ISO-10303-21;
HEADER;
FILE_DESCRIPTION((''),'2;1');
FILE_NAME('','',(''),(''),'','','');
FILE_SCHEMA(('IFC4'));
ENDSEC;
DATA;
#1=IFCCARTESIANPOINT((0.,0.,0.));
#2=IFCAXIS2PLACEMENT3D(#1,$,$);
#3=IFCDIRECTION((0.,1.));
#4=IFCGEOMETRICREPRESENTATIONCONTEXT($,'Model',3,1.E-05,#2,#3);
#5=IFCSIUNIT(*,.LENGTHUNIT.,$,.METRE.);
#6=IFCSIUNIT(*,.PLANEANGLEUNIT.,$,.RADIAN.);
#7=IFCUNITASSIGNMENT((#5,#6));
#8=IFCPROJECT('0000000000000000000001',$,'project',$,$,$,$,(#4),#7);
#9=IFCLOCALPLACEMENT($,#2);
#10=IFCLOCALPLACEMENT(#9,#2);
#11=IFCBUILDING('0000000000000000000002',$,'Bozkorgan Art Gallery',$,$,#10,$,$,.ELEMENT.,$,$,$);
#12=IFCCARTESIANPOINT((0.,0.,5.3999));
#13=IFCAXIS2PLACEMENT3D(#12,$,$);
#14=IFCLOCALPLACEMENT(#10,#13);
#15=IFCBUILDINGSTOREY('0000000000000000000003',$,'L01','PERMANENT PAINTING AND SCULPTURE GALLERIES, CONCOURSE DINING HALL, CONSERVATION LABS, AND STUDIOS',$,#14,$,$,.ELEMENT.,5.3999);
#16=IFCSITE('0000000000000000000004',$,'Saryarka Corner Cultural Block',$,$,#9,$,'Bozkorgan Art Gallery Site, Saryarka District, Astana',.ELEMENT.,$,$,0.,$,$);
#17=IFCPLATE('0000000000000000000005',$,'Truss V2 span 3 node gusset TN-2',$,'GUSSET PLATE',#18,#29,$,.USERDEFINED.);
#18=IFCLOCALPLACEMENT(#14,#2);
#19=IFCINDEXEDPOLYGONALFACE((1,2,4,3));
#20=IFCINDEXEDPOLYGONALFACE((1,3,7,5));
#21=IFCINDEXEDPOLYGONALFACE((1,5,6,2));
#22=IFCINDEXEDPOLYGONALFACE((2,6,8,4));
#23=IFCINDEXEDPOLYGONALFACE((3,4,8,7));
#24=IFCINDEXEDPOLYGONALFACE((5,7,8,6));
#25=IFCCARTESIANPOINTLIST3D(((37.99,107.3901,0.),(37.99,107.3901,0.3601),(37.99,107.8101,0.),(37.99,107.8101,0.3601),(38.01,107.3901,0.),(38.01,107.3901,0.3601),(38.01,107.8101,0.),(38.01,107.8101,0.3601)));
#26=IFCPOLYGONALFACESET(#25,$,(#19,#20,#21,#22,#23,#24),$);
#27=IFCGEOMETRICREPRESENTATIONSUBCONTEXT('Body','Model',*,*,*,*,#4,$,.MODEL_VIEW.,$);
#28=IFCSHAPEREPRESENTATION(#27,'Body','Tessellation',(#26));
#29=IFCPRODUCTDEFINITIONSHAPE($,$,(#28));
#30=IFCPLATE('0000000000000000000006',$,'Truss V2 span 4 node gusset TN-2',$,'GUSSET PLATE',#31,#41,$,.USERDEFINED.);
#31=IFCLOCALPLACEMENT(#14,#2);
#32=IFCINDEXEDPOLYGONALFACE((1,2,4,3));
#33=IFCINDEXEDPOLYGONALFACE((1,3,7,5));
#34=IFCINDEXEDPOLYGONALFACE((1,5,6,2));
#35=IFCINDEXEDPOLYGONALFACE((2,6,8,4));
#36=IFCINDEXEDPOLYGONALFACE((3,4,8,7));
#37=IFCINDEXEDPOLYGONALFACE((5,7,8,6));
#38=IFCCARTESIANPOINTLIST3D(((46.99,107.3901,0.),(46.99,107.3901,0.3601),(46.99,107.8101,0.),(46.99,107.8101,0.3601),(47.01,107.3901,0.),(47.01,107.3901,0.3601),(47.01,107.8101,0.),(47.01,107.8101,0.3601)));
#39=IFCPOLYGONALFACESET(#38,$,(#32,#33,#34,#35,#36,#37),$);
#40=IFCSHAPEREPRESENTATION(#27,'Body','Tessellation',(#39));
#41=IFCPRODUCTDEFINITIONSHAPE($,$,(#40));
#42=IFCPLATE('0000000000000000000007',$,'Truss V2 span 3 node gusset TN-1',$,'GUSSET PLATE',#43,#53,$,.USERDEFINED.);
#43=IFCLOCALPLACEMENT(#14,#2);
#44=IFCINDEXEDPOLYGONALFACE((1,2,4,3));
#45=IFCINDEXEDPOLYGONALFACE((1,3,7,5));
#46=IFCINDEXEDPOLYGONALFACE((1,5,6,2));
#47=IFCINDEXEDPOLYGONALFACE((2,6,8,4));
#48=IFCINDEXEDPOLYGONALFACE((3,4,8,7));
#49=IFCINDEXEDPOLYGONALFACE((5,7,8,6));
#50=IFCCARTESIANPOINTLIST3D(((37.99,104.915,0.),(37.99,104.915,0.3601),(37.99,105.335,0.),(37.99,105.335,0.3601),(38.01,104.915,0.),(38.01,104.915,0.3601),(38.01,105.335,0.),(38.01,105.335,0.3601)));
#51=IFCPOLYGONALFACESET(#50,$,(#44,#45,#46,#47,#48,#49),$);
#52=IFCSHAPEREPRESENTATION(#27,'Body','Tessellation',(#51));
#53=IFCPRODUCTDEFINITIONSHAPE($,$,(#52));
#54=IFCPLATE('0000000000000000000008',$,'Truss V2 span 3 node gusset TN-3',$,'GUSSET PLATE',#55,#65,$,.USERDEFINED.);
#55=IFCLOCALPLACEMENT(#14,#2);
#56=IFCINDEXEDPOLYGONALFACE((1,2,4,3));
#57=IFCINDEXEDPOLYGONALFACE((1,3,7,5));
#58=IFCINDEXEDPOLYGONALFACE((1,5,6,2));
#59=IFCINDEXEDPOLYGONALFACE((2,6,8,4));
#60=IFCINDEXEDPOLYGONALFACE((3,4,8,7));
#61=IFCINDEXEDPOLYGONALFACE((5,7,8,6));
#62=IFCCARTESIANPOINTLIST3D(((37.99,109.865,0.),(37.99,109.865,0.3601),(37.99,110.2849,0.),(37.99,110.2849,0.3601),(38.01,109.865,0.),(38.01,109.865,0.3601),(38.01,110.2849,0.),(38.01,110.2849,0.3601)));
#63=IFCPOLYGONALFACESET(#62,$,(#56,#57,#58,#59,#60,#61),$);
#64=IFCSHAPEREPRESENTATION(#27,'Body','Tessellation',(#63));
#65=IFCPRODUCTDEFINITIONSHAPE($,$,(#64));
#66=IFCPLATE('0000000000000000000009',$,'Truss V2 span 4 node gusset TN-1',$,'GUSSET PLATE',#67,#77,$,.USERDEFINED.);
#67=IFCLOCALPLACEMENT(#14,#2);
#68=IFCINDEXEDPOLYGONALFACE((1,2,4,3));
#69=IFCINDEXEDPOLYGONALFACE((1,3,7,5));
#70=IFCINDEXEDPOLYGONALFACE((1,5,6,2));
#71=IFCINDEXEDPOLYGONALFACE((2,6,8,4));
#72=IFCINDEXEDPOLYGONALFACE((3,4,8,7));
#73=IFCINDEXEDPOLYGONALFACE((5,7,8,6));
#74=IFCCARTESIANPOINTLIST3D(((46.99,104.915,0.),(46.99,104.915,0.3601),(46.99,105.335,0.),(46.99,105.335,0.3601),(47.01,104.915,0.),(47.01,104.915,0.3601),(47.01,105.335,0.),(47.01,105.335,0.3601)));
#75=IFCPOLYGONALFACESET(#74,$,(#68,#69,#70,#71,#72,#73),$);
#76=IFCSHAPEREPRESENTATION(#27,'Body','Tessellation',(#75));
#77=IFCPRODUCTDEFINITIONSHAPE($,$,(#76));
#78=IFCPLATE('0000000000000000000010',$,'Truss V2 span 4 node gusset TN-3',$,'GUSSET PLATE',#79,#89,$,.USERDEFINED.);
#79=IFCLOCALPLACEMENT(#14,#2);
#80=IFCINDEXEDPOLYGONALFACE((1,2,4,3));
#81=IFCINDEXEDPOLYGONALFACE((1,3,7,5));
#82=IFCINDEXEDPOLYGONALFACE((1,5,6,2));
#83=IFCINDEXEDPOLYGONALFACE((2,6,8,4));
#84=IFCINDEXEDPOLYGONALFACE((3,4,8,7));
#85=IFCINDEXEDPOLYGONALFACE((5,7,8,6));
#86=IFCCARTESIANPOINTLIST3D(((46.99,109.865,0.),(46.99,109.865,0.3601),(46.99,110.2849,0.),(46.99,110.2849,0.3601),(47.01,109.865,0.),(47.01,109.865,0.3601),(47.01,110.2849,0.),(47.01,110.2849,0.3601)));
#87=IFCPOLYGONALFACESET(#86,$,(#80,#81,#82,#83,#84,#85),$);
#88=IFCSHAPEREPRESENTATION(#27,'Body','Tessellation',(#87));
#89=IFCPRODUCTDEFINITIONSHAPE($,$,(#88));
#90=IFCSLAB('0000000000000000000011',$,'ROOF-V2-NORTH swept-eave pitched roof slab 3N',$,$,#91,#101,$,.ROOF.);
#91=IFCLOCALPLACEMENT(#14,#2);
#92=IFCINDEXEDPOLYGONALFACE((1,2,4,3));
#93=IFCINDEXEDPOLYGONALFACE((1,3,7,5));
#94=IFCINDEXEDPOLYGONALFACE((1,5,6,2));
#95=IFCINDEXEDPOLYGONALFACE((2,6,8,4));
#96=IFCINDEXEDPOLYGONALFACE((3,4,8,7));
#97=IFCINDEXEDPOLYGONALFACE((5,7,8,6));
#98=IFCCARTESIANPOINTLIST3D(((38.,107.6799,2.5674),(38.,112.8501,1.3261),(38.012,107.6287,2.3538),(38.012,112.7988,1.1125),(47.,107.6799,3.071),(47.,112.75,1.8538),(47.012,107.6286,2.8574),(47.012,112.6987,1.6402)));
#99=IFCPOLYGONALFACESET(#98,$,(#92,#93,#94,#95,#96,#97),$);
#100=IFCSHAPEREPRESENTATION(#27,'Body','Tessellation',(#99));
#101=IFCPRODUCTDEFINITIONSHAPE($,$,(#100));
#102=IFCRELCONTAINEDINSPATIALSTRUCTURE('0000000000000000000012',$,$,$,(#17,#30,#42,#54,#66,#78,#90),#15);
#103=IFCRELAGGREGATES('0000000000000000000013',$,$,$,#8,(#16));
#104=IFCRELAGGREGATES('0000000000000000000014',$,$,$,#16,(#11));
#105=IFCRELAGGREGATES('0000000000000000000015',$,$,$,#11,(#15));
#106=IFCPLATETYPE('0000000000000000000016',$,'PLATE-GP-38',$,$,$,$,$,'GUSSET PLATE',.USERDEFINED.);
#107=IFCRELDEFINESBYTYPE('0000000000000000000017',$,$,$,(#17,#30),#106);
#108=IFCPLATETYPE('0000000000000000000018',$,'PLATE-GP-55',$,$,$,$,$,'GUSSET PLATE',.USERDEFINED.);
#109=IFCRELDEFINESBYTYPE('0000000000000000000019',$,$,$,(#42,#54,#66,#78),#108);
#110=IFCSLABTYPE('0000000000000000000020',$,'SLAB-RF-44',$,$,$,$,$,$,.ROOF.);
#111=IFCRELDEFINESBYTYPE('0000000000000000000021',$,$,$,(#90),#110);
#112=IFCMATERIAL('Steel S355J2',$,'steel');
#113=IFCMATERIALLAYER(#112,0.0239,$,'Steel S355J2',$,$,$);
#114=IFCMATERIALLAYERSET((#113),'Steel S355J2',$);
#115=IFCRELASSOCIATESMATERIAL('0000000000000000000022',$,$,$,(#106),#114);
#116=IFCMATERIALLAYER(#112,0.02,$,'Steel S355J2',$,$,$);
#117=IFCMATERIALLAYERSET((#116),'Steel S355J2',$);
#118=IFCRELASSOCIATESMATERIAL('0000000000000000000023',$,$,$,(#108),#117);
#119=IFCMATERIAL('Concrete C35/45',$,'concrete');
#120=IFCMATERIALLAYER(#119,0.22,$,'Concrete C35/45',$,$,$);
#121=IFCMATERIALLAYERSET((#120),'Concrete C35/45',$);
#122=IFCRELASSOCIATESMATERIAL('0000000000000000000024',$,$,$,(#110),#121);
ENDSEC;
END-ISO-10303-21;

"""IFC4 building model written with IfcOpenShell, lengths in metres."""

from ifc_helpers import new_model, si_unit, direction, frame, origin, origin_2d, place, context, subcontext, project, spatial, polyline, rectangle, outline, extrude, material, layer, layer_set, type_object, element, save


model = new_model("IFC4")

# Units and contexts
model_context = context("Model", 3, precision=1e-05, world=origin(), true_north=direction((0.0, 1.0)))
body_context = subcontext(model_context, "Body", "Model", "MODEL_VIEW")
ifc_project = project(units=[si_unit("LENGTHUNIT", "METRE"), si_unit("PLANEANGLEUNIT", "RADIAN")], contexts=[model_context])

# Site, building, storey
site_placement = place(None, origin())
site = spatial("IfcSite", under=ifc_project, at=site_placement, Name="Saryarka Corner Cultural Block", LongName="Bozkorgan Art Gallery Site, Saryarka District, Astana", CompositionType="ELEMENT", RefElevation=0.0)
building_placement = place(site_placement, origin())
building = spatial("IfcBuilding", under=site, at=building_placement, Name="Bozkorgan Art Gallery", CompositionType="ELEMENT")
storey_placement = place(building_placement, frame((0.0, 0.0, 5.3999)))
storey = spatial("IfcBuildingStorey", under=building, at=storey_placement, Name="L01", Description="PERMANENT PAINTING AND SCULPTURE GALLERIES, CONCOURSE DINING HALL, CONSERVATION LABS, AND STUDIOS", CompositionType="ELEMENT", Elevation=5.3999)

# Shared definitions
ifc_material_1 = material(Name="Steel S355J2", Category="steel")

# Plates
ifc_layer_1 = layer(ifc_material_1, 0.0239, Name="Steel S355J2")
ifc_layer_set_1 = layer_set([ifc_layer_1], Name="Steel S355J2")
plate_type_1 = type_object("IfcPlateType", Name="PLATE-GP-38", ElementType="GUSSET PLATE", PredefinedType="USERDEFINED", material=ifc_layer_set_1)
for number, where, z_axis, x_axis, name in (
    (1, (38.0, 107.6001, 0.0), (0.0, 0.0, 1.0), (1.0, 0.0, 0.0), "Truss V2 span 3 node gusset TN-2"),
    (2, (47.0, 107.6001, 0.0), (0.0, 0.0, 1.0), (1.0, 0.0, 0.0), "Truss V2 span 4 node gusset TN-2"),
):
    element("IfcPlate", number, at=place(storey_placement, frame(where, z_axis=z_axis, x_axis=x_axis)), inside=storey, type_object=plate_type_1, Name=name, ObjectType="GUSSET PLATE", PredefinedType="USERDEFINED", context=body_context, shape_type="SweptSolid", body=[
        extrude(rectangle(XDim=0.02, YDim=0.4199, at=origin_2d()), origin(), (0.0, 0.0, 1.0), 0.3601),
    ])
ifc_layer_2 = layer(ifc_material_1, 0.02, Name="Steel S355J2")
ifc_layer_set_2 = layer_set([ifc_layer_2], Name="Steel S355J2")
plate_type_2 = type_object("IfcPlateType", Name="PLATE-GP-55", ElementType="GUSSET PLATE", PredefinedType="USERDEFINED", material=ifc_layer_set_2)
for number, where, z_axis, x_axis, name in (
    (3, (38.0, 105.125, 0.0), (0.0, 0.0, 1.0), (1.0, 0.0, 0.0), "Truss V2 span 3 node gusset TN-1"),
    (4, (38.0, 110.075, 0.0), (0.0, 0.0, 1.0), (1.0, 0.0, 0.0), "Truss V2 span 3 node gusset TN-3"),
    (5, (47.0, 105.125, 0.0), (0.0, 0.0, 1.0), (1.0, 0.0, 0.0), "Truss V2 span 4 node gusset TN-1"),
    (6, (47.0, 110.075, 0.0), (0.0, 0.0, 1.0), (1.0, 0.0, 0.0), "Truss V2 span 4 node gusset TN-3"),
):
    element("IfcPlate", number, at=place(storey_placement, frame(where, z_axis=z_axis, x_axis=x_axis)), inside=storey, type_object=plate_type_2, Name=name, ObjectType="GUSSET PLATE", PredefinedType="USERDEFINED", context=body_context, shape_type="SweptSolid", body=[
        extrude(rectangle(XDim=0.02, YDim=0.4199, at=origin_2d()), origin(), (0.0, 0.0, 1.0), 0.3601),
    ])

# Slab
ifc_material_2 = material(Name="Concrete C35/45", Category="concrete")
ifc_layer_3 = layer(ifc_material_2, 0.22, Name="Concrete C35/45")
ifc_layer_set_3 = layer_set([ifc_layer_3], Name="Concrete C35/45")
slab_type = type_object("IfcSlabType", Name="SLAB-RF-44", PredefinedType="ROOF", material=ifc_layer_set_3)
slab_placement = place(storey_placement, frame((38.0, 107.6799, 2.5674), z_axis=(-0.05433, 0.233104, 0.970933), x_axis=(0.998438, -0.000001, 0.055869)))
element("IfcSlab", 7, at=slab_placement, inside=storey, type_object=slab_type, Name="ROOF-V2-NORTH swept-eave pitched roof slab 3N", PredefinedType="ROOF", context=body_context, shape_type="SweptSolid", body=[
    extrude(outline(polyline([(0.0, 0.0), (9.0141, 0.0), (8.9461, 5.2137), (-0.0694, 5.3166), (0.0, 0.0)])), origin(), (0.0, 0.0, -1.0), 0.22),
])

save(model, "model.ifc")
